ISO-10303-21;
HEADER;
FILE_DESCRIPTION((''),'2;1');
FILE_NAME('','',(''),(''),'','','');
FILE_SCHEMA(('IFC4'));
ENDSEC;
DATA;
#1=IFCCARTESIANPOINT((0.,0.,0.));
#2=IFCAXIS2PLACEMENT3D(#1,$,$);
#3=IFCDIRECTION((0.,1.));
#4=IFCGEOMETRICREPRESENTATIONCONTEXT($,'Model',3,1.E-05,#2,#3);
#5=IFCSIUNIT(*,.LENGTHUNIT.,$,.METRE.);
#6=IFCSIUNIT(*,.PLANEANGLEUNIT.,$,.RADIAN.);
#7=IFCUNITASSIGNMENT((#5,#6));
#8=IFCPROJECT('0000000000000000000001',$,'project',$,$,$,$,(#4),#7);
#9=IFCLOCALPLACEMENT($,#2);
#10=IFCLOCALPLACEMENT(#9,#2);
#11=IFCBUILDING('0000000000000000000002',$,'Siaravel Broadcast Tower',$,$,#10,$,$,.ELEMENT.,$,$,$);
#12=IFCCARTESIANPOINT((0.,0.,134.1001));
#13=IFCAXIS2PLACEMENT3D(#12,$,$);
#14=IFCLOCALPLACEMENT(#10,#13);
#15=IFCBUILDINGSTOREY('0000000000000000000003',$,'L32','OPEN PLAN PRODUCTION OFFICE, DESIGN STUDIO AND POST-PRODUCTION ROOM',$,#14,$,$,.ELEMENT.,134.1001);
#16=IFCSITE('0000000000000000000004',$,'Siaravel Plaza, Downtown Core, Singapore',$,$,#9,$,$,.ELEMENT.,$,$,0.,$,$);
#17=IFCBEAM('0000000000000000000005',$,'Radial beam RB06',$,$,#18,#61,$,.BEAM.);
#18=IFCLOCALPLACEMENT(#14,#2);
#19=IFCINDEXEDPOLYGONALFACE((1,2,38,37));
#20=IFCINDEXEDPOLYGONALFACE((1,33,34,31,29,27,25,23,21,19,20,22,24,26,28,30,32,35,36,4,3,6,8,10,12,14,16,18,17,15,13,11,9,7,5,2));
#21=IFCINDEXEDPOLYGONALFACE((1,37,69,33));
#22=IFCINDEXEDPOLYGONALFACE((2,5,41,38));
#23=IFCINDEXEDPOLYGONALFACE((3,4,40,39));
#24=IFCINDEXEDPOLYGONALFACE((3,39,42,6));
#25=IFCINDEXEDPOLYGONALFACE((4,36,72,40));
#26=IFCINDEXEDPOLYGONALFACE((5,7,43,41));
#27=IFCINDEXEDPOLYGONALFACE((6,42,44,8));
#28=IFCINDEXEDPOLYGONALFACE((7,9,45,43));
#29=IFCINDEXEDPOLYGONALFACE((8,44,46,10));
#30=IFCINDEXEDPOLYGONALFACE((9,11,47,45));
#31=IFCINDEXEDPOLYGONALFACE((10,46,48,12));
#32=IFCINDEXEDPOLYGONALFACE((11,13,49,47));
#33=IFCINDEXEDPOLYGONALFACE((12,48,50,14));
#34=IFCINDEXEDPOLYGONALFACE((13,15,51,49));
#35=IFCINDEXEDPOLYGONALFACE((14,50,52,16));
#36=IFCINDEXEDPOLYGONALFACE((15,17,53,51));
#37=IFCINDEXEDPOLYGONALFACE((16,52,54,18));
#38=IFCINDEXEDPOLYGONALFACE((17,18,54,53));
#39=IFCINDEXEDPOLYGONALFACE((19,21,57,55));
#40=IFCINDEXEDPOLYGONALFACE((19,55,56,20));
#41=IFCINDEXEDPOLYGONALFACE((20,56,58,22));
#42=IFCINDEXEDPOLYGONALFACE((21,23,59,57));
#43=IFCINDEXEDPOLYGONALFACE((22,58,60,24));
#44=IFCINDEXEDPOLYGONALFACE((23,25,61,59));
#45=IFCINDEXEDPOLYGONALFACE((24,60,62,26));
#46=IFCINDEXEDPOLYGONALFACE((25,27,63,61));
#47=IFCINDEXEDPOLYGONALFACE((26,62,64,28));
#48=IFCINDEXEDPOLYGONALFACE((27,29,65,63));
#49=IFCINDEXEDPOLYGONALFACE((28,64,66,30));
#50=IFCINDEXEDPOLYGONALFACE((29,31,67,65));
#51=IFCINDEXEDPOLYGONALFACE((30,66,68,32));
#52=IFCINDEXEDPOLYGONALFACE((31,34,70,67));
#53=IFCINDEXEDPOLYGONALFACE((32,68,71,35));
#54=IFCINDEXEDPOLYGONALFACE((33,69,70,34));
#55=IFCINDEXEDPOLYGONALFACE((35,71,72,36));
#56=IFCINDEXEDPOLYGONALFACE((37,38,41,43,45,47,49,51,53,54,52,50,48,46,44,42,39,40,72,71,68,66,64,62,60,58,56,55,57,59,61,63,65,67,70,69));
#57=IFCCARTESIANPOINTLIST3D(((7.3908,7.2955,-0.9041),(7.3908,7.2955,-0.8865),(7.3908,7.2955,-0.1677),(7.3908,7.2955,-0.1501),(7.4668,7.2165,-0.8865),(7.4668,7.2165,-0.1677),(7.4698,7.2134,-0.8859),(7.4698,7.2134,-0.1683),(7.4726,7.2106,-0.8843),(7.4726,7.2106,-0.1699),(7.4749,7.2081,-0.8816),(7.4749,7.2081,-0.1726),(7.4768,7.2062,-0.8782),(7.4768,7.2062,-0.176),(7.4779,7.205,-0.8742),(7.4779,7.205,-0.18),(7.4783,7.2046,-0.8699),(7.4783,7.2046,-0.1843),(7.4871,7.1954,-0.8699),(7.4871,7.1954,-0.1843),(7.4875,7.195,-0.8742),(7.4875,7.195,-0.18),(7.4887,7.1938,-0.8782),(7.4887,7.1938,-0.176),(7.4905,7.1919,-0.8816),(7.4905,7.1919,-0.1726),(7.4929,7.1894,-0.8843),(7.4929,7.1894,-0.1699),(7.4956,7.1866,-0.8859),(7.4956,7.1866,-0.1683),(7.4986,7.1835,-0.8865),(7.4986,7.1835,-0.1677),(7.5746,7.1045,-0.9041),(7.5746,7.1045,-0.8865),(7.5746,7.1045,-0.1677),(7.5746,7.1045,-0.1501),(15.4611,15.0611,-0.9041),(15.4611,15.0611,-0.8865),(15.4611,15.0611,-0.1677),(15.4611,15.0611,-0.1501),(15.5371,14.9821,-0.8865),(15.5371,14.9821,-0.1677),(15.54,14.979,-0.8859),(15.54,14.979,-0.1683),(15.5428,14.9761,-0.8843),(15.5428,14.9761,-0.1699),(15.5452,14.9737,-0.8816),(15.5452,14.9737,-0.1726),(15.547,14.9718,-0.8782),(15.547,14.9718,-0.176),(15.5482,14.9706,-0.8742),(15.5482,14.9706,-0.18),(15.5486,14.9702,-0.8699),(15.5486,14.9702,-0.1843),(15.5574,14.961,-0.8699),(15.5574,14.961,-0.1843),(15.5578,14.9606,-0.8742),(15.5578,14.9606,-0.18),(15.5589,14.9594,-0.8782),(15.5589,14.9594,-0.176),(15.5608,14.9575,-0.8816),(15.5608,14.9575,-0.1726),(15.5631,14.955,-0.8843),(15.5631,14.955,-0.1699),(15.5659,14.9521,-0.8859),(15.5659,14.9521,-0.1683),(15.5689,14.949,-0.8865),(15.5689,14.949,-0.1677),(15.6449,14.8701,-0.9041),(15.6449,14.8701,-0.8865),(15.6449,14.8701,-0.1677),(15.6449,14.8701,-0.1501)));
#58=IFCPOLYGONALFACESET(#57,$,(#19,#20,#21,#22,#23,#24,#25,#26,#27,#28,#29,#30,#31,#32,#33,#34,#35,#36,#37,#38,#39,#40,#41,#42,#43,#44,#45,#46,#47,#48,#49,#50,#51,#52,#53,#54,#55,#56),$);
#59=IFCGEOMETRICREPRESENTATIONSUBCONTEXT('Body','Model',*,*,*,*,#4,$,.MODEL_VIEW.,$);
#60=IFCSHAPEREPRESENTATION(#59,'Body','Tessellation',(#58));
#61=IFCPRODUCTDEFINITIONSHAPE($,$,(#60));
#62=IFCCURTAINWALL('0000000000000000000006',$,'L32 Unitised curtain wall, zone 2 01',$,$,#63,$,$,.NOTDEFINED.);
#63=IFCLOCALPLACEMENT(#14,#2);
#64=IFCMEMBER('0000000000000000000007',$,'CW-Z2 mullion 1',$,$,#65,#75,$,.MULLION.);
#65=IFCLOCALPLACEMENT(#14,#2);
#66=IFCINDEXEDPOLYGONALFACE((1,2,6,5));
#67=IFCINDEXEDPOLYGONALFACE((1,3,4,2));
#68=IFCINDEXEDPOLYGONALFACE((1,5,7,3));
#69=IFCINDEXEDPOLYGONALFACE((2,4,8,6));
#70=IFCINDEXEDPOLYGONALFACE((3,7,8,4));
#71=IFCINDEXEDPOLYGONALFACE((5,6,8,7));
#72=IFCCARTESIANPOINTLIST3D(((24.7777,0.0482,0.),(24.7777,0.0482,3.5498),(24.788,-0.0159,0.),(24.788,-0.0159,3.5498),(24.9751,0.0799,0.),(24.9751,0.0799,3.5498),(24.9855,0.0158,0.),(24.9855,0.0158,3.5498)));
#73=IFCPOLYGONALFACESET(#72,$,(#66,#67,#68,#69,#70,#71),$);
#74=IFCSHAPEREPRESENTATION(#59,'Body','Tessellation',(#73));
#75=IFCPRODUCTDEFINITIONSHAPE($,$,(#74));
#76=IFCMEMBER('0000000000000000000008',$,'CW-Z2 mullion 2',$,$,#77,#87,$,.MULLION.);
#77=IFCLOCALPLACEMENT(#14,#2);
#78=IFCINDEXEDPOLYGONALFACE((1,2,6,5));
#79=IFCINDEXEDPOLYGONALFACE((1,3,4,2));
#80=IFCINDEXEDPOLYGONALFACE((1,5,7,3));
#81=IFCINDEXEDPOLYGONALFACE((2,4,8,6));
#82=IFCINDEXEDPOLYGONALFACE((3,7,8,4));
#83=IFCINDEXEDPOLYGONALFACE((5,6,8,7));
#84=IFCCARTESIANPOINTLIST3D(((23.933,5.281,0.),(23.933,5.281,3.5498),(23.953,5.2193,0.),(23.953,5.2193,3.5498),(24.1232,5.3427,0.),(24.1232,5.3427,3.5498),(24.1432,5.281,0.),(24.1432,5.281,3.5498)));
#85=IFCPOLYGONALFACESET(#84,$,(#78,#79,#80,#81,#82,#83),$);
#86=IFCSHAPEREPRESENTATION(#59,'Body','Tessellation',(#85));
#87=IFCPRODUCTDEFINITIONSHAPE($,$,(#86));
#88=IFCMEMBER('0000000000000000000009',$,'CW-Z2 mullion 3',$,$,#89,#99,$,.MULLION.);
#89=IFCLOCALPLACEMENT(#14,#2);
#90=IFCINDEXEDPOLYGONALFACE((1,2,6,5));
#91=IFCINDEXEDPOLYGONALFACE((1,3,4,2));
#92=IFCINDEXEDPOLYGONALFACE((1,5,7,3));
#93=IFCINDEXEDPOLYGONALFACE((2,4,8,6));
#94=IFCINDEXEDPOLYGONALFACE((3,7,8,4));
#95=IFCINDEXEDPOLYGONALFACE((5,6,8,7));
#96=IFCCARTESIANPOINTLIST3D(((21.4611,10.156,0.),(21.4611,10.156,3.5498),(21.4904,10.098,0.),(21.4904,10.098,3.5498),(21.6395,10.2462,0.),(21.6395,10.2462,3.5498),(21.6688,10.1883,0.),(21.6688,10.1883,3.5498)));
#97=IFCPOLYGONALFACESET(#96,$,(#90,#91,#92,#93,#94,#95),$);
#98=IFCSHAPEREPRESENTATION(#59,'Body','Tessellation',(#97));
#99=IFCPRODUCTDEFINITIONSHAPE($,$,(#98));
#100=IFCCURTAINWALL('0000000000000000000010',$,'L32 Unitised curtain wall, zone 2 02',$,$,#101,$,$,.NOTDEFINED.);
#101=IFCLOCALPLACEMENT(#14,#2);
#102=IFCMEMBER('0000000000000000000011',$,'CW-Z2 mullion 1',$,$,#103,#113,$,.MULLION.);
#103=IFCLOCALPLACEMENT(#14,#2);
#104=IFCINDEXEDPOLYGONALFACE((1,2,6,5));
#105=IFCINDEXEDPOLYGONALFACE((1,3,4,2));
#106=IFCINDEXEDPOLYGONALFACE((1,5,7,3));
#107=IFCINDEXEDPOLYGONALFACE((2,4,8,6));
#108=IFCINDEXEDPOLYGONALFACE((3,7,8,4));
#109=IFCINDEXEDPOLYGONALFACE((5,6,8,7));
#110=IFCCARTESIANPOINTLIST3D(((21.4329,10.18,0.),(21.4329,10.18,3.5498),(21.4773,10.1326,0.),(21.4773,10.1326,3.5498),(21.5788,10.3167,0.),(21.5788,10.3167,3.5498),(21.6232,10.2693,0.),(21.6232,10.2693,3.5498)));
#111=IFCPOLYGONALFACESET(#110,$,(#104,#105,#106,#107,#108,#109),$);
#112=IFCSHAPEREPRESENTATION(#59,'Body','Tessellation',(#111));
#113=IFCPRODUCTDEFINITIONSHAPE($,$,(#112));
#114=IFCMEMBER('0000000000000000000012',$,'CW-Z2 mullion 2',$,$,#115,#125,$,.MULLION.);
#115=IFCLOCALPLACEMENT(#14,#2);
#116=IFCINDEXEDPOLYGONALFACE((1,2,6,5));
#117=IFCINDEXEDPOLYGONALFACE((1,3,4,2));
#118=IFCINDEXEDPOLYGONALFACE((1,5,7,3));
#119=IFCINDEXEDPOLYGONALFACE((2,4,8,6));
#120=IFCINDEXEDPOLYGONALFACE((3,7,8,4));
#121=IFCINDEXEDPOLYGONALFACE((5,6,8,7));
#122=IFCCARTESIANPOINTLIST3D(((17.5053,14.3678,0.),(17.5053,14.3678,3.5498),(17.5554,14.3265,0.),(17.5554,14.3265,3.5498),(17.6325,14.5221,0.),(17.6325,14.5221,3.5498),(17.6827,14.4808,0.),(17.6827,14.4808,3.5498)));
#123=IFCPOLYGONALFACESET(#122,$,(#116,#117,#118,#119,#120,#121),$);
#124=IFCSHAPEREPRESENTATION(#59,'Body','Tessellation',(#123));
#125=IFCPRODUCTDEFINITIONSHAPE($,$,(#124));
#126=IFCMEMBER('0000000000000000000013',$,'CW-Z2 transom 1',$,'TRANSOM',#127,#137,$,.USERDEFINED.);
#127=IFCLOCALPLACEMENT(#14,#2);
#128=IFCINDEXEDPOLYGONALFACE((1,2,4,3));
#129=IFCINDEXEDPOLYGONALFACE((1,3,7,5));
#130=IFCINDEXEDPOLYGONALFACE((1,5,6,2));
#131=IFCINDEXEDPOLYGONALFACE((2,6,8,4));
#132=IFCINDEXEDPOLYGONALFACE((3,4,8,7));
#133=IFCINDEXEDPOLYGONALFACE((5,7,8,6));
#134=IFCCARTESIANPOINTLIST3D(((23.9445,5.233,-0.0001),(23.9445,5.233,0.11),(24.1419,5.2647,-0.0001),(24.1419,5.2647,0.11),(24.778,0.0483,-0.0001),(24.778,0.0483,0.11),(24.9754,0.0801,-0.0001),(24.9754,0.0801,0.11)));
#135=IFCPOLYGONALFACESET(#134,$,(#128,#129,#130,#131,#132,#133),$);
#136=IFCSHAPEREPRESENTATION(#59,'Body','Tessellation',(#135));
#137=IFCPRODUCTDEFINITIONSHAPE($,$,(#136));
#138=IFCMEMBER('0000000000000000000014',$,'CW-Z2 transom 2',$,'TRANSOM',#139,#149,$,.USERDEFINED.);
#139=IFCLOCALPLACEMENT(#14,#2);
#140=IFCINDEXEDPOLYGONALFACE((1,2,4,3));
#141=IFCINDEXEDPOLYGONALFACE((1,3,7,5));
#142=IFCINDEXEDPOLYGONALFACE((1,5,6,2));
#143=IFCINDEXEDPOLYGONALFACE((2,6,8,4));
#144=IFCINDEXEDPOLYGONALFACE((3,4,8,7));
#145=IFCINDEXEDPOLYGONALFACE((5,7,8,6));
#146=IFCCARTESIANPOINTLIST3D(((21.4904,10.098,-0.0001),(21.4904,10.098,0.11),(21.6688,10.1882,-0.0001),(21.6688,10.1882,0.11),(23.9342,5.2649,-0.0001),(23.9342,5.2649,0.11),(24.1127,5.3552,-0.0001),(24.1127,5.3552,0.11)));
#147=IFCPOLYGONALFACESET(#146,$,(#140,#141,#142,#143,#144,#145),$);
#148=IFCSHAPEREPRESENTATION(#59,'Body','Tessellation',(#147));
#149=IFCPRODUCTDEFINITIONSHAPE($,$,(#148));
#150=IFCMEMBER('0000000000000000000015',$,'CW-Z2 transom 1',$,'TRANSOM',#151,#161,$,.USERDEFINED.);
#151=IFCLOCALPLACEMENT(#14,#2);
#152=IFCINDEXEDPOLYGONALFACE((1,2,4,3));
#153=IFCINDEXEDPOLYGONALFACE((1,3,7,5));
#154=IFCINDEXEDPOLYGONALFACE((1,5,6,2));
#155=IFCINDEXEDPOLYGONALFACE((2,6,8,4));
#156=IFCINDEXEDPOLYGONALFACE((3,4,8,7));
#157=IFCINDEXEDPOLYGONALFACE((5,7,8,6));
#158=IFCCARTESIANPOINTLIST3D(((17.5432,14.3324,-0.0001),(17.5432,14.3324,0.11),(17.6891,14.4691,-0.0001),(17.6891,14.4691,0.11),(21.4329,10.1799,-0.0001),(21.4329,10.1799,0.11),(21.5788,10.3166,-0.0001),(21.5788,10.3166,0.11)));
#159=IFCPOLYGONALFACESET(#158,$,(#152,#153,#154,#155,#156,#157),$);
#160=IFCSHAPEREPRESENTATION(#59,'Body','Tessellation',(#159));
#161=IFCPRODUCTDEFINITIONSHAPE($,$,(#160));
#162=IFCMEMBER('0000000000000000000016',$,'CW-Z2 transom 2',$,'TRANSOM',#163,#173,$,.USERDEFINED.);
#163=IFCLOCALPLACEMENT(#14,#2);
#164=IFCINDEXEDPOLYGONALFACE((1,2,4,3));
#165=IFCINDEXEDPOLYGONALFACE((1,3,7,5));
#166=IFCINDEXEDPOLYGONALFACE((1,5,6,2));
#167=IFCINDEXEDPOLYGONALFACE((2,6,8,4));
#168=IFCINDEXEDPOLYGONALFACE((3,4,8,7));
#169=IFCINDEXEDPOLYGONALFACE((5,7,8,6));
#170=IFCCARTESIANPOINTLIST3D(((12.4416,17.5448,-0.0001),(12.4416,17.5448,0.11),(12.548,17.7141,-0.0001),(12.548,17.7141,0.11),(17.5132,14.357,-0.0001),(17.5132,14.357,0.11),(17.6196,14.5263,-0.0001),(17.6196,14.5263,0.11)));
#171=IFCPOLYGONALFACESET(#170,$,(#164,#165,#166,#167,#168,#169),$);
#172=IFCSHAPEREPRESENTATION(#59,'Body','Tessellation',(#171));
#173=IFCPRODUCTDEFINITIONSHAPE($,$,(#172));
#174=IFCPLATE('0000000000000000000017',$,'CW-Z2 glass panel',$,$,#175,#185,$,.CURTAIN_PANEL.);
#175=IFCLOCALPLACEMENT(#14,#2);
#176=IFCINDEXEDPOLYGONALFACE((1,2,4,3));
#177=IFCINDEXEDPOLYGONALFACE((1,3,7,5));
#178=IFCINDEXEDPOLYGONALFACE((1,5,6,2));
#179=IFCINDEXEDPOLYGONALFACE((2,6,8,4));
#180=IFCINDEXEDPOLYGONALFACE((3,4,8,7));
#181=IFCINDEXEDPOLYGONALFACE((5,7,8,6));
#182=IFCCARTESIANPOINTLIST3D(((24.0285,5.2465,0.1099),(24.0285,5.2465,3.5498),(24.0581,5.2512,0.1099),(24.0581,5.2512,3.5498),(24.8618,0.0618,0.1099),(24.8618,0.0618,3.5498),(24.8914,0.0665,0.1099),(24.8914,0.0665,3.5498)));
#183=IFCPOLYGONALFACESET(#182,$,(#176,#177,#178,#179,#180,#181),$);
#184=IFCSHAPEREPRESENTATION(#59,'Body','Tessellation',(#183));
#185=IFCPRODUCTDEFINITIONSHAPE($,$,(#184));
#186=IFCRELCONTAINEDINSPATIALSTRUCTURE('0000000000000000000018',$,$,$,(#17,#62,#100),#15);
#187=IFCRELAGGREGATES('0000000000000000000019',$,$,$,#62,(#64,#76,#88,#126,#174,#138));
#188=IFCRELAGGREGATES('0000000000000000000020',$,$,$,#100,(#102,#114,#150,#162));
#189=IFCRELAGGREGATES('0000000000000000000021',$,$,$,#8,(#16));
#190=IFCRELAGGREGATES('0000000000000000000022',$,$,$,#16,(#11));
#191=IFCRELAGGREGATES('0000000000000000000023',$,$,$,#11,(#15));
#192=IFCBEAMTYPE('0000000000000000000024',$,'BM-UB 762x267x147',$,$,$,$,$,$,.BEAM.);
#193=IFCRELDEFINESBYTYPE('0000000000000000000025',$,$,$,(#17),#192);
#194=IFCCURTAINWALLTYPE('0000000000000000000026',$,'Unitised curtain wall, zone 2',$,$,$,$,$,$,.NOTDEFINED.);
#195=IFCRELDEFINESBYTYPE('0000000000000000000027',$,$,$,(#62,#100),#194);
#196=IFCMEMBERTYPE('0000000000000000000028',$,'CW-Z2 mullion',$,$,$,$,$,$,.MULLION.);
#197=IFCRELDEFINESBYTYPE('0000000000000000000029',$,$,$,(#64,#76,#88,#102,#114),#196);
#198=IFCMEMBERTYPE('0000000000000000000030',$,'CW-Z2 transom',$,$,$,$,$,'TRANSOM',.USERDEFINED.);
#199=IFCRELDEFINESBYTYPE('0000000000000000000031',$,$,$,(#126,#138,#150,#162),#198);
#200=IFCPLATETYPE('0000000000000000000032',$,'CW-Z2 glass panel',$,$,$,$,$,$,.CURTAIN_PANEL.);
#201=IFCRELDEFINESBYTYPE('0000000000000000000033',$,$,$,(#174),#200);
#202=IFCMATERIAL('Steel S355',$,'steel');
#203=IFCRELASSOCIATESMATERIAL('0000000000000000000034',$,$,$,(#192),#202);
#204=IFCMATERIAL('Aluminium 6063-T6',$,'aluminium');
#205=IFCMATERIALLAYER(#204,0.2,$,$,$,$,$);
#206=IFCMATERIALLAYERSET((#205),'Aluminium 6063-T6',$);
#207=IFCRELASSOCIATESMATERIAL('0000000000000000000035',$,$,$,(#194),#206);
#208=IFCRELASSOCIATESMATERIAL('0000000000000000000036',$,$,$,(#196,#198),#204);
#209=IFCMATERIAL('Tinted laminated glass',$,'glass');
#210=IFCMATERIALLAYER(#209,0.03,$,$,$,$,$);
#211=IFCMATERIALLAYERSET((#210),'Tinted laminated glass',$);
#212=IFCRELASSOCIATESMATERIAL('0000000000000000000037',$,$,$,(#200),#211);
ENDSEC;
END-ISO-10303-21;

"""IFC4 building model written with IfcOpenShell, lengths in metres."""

from ifc_helpers import new_model, si_unit, direction, frame, origin, origin_2d, place, context, subcontext, project, spatial, rectangle, i_section, extrude, material, layer, layer_set, material_profile, profile_set, type_object, element, aggregate, save


model = new_model("IFC4")

# Units and contexts
model_context = context("Model", 3, precision=1e-05, world=origin(), true_north=direction((0.0, 1.0)))
body_context = subcontext(model_context, "Body", "Model", "MODEL_VIEW")
ifc_project = project(units=[si_unit("LENGTHUNIT", "METRE"), si_unit("PLANEANGLEUNIT", "RADIAN")], contexts=[model_context])

# Site, building, storey
site_placement = place(None, origin())
site = spatial("IfcSite", under=ifc_project, at=site_placement, Name="Siaravel Plaza, Downtown Core, Singapore", CompositionType="ELEMENT", RefElevation=0.0)
building_placement = place(site_placement, origin())
building = spatial("IfcBuilding", under=site, at=building_placement, Name="Siaravel Broadcast Tower", CompositionType="ELEMENT")
storey_placement = place(building_placement, frame((0.0, 0.0, 134.1001)))
storey = spatial("IfcBuildingStorey", under=building, at=storey_placement, Name="L32", Description="OPEN PLAN PRODUCTION OFFICE, DESIGN STUDIO AND POST-PRODUCTION ROOM", CompositionType="ELEMENT", Elevation=134.1001)

# Beam
ifc_material_1 = material(Name="Steel S355", Category="steel")
ifc_material_profile_1 = material_profile(ifc_material_1, i_section(OverallWidth=0.2651, OverallDepth=0.7539, WebThickness=0.0127, FlangeThickness=0.0176, FilletRadius=0.0166, at=origin_2d()))
ifc_profile_set_1 = profile_set([ifc_material_profile_1], Name="Steel S355")
beam_type = type_object("IfcBeamType", Name="BM-UB 762x267x147", PredefinedType="BEAM", material=ifc_profile_set_1)
beam_1_placement = place(storey_placement, frame((15.553, 14.9656, -0.5271), z_axis=(-0.720578, -0.693374, 0.0), x_axis=(0.693374, -0.720578, 0.0)))
element("IfcBeam", 1, at=beam_1_placement, inside=storey, type_object=beam_type, Name="Radial beam RB06", PredefinedType="BEAM", context=body_context, shape_type="SweptSolid", body=[
    extrude(i_section(OverallWidth=0.2651, OverallDepth=0.7539, WebThickness=0.0127, FlangeThickness=0.0176, FilletRadius=0.0166, at=origin_2d()), origin(), (0.0, 0.0, 1.0), 11.1997),
])

# Curtain walls, members
ifc_material_2 = material(Name="Aluminium 6063-T6", Category="aluminium")
ifc_layer_1 = layer(ifc_material_2, 0.2)
ifc_layer_set_1 = layer_set([ifc_layer_1], Name="Aluminium 6063-T6")
curtain_wall_type = type_object("IfcCurtainWallType", Name="Unitised curtain wall, zone 2", PredefinedType="NOTDEFINED", material=ifc_layer_set_1)
curtain_wall_1_placement = place(storey_placement, origin())
curtain_wall_1 = element("IfcCurtainWall", 2, at=curtain_wall_1_placement, inside=storey, type_object=curtain_wall_type, Name="L32 Unitised curtain wall, zone 2 01", PredefinedType="NOTDEFINED")
ifc_material_profile_2 = material_profile(ifc_material_2, rectangle(XDim=0.2, YDim=0.0649, at=origin_2d()))
ifc_profile_set_2 = profile_set([ifc_material_profile_2], Name="Aluminium 6063-T6")
member_type_1 = type_object("IfcMemberType", Name="CW-Z2 mullion", PredefinedType="MULLION", material=ifc_profile_set_2)
member_1_placement = place(storey_placement, frame((24.8816, 0.032, 0.0), z_axis=(0.0, 0.0, 1.0), x_axis=(-0.987329, -0.158685, 0.0)))
member_1 = element("IfcMember", 3, at=member_1_placement, type_object=member_type_1, Name="CW-Z2 mullion 1", PredefinedType="MULLION", context=body_context, shape_type="SweptSolid", body=[
    extrude(rectangle(XDim=0.2, YDim=0.0649, at=origin_2d()), origin(), (0.0, 0.0, 1.0), 3.5498),
])
member_2_placement = place(storey_placement, frame((24.0381, 5.281, 0.0), z_axis=(0.0, 0.0, 1.0), x_axis=(-0.951178, -0.308644, 0.0)))
member_2 = element("IfcMember", 4, at=member_2_placement, type_object=member_type_1, Name="CW-Z2 mullion 2", PredefinedType="MULLION", context=body_context, shape_type="SweptSolid", body=[
    extrude(rectangle(XDim=0.2, YDim=0.0649, at=origin_2d()), origin(), (0.0, 0.0, 1.0), 3.5498),
])
member_3_placement = place(storey_placement, frame((21.5649, 10.1721, 0.0), z_axis=(0.0, 0.0, 1.0), x_axis=(-0.892393, -0.451259, 0.0)))
member_3 = element("IfcMember", 5, at=member_3_placement, type_object=member_type_1, Name="CW-Z2 mullion 3", PredefinedType="MULLION", context=body_context, shape_type="SweptSolid", body=[
    extrude(rectangle(XDim=0.2, YDim=0.0649, at=origin_2d()), origin(), (0.0, 0.0, 1.0), 3.5498),
])
curtain_wall_2_placement = place(storey_placement, origin())
curtain_wall_2 = element("IfcCurtainWall", 6, at=curtain_wall_2_placement, inside=storey, type_object=curtain_wall_type, Name="L32 Unitised curtain wall, zone 2 02", PredefinedType="NOTDEFINED")
member_4_placement = place(storey_placement, frame((21.5281, 10.2246, 0.0), z_axis=(0.0, 0.0, 1.0), x_axis=(-0.729807, -0.683653, 0.0)))
member_4 = element("IfcMember", 7, at=member_4_placement, type_object=member_type_1, Name="CW-Z2 mullion 1", PredefinedType="MULLION", context=body_context, shape_type="SweptSolid", body=[
    extrude(rectangle(XDim=0.2, YDim=0.0649, at=origin_2d()), origin(), (0.0, 0.0, 1.0), 3.5498),
])
member_5_placement = place(storey_placement, frame((17.594, 14.4243, 0.0), z_axis=(0.0, 0.0, 1.0), x_axis=(-0.63622, -0.771507, 0.0)))
member_5 = element("IfcMember", 8, at=member_5_placement, type_object=member_type_1, Name="CW-Z2 mullion 2", PredefinedType="MULLION", context=body_context, shape_type="SweptSolid", body=[
    extrude(rectangle(XDim=0.2, YDim=0.0649, at=origin_2d()), origin(), (0.0, 0.0, 1.0), 3.5498),
])

# Members
ifc_material_profile_3 = material_profile(ifc_material_2, rectangle(XDim=0.2, YDim=0.1101, at=origin_2d()))
ifc_profile_set_3 = profile_set([ifc_material_profile_3], Name="Aluminium 6063-T6")
member_type_2 = type_object("IfcMemberType", Name="CW-Z2 transom", ElementType="TRANSOM", PredefinedType="USERDEFINED", material=ifc_profile_set_3)
member_6_placement = place(storey_placement, frame((24.8767, 0.0642, 0.0549), z_axis=(-0.158727, 0.987323, 0.0), x_axis=(-0.987323, -0.158727, 0.0)))
member_6 = element("IfcMember", 9, at=member_6_placement, type_object=member_type_2, Name="CW-Z2 transom 1", ObjectType="TRANSOM", PredefinedType="USERDEFINED", context=body_context, shape_type="SweptSolid", body=[
    extrude(rectangle(XDim=0.2, YDim=0.1101, at=origin_2d()), origin(), (0.0, 0.0, 1.0), 5.2512),
])
member_7_placement = place(storey_placement, frame((24.0234, 5.3101, 0.0549), z_axis=(-0.451248, 0.892398, 0.0), x_axis=(-0.892398, -0.451248, 0.0)))
member_7 = element("IfcMember", 10, at=member_7_placement, type_object=member_type_2, Name="CW-Z2 transom 2", ObjectType="TRANSOM", PredefinedType="USERDEFINED", context=body_context, shape_type="SweptSolid", body=[
    extrude(rectangle(XDim=0.2, YDim=0.1101, at=origin_2d()), origin(), (0.0, 0.0, 1.0), 5.4158),
])
member_8_placement = place(storey_placement, frame((21.5059, 10.2483, 0.0549), z_axis=(-0.683644, 0.729815, 0.0), x_axis=(-0.729815, -0.683644, 0.0)))
member_8 = element("IfcMember", 11, at=member_8_placement, type_object=member_type_2, Name="CW-Z2 transom 1", ObjectType="TRANSOM", PredefinedType="USERDEFINED", context=body_context, shape_type="SweptSolid", body=[
    extrude(rectangle(XDim=0.2, YDim=0.1101, at=origin_2d()), origin(), (0.0, 0.0, 1.0), 5.6897),
])
member_9_placement = place(storey_placement, frame((17.5664, 14.4417, 0.0549), z_axis=(-0.846642, 0.532162, 0.0), x_axis=(-0.532162, -0.846642, 0.0)))
member_9 = element("IfcMember", 12, at=member_9_placement, type_object=member_type_2, Name="CW-Z2 transom 2", ObjectType="TRANSOM", PredefinedType="USERDEFINED", context=body_context, shape_type="SweptSolid", body=[
    extrude(rectangle(XDim=0.2, YDim=0.1101, at=origin_2d()), origin(), (0.0, 0.0, 1.0), 5.9902),
])

# Plate
ifc_material_3 = material(Name="Tinted laminated glass", Category="glass")
ifc_layer_2 = layer(ifc_material_3, 0.03)
ifc_layer_set_2 = layer_set([ifc_layer_2], Name="Tinted laminated glass")
plate_type = type_object("IfcPlateType", Name="CW-Z2 glass panel", PredefinedType="CURTAIN_PANEL", material=ifc_layer_set_2)
plate_1_placement = place(storey_placement, frame((24.46, 2.6565, 0.1099), z_axis=(0.0, 0.0, 1.0), x_axis=(-0.158685, 0.987329, 0.0)))
plate_1 = element("IfcPlate", 13, at=plate_1_placement, type_object=plate_type, Name="CW-Z2 glass panel", PredefinedType="CURTAIN_PANEL", context=body_context, shape_type="SweptSolid", body=[
    extrude(rectangle(XDim=5.2512, YDim=0.03, at=origin_2d()), origin(), (0.0, 0.0, 1.0), 3.4399),
])
aggregate(curtain_wall_1, [member_1, member_2, member_3, member_6, plate_1, member_7])
aggregate(curtain_wall_2, [member_4, member_5, member_8, member_9])

save(model, "model.ifc")
